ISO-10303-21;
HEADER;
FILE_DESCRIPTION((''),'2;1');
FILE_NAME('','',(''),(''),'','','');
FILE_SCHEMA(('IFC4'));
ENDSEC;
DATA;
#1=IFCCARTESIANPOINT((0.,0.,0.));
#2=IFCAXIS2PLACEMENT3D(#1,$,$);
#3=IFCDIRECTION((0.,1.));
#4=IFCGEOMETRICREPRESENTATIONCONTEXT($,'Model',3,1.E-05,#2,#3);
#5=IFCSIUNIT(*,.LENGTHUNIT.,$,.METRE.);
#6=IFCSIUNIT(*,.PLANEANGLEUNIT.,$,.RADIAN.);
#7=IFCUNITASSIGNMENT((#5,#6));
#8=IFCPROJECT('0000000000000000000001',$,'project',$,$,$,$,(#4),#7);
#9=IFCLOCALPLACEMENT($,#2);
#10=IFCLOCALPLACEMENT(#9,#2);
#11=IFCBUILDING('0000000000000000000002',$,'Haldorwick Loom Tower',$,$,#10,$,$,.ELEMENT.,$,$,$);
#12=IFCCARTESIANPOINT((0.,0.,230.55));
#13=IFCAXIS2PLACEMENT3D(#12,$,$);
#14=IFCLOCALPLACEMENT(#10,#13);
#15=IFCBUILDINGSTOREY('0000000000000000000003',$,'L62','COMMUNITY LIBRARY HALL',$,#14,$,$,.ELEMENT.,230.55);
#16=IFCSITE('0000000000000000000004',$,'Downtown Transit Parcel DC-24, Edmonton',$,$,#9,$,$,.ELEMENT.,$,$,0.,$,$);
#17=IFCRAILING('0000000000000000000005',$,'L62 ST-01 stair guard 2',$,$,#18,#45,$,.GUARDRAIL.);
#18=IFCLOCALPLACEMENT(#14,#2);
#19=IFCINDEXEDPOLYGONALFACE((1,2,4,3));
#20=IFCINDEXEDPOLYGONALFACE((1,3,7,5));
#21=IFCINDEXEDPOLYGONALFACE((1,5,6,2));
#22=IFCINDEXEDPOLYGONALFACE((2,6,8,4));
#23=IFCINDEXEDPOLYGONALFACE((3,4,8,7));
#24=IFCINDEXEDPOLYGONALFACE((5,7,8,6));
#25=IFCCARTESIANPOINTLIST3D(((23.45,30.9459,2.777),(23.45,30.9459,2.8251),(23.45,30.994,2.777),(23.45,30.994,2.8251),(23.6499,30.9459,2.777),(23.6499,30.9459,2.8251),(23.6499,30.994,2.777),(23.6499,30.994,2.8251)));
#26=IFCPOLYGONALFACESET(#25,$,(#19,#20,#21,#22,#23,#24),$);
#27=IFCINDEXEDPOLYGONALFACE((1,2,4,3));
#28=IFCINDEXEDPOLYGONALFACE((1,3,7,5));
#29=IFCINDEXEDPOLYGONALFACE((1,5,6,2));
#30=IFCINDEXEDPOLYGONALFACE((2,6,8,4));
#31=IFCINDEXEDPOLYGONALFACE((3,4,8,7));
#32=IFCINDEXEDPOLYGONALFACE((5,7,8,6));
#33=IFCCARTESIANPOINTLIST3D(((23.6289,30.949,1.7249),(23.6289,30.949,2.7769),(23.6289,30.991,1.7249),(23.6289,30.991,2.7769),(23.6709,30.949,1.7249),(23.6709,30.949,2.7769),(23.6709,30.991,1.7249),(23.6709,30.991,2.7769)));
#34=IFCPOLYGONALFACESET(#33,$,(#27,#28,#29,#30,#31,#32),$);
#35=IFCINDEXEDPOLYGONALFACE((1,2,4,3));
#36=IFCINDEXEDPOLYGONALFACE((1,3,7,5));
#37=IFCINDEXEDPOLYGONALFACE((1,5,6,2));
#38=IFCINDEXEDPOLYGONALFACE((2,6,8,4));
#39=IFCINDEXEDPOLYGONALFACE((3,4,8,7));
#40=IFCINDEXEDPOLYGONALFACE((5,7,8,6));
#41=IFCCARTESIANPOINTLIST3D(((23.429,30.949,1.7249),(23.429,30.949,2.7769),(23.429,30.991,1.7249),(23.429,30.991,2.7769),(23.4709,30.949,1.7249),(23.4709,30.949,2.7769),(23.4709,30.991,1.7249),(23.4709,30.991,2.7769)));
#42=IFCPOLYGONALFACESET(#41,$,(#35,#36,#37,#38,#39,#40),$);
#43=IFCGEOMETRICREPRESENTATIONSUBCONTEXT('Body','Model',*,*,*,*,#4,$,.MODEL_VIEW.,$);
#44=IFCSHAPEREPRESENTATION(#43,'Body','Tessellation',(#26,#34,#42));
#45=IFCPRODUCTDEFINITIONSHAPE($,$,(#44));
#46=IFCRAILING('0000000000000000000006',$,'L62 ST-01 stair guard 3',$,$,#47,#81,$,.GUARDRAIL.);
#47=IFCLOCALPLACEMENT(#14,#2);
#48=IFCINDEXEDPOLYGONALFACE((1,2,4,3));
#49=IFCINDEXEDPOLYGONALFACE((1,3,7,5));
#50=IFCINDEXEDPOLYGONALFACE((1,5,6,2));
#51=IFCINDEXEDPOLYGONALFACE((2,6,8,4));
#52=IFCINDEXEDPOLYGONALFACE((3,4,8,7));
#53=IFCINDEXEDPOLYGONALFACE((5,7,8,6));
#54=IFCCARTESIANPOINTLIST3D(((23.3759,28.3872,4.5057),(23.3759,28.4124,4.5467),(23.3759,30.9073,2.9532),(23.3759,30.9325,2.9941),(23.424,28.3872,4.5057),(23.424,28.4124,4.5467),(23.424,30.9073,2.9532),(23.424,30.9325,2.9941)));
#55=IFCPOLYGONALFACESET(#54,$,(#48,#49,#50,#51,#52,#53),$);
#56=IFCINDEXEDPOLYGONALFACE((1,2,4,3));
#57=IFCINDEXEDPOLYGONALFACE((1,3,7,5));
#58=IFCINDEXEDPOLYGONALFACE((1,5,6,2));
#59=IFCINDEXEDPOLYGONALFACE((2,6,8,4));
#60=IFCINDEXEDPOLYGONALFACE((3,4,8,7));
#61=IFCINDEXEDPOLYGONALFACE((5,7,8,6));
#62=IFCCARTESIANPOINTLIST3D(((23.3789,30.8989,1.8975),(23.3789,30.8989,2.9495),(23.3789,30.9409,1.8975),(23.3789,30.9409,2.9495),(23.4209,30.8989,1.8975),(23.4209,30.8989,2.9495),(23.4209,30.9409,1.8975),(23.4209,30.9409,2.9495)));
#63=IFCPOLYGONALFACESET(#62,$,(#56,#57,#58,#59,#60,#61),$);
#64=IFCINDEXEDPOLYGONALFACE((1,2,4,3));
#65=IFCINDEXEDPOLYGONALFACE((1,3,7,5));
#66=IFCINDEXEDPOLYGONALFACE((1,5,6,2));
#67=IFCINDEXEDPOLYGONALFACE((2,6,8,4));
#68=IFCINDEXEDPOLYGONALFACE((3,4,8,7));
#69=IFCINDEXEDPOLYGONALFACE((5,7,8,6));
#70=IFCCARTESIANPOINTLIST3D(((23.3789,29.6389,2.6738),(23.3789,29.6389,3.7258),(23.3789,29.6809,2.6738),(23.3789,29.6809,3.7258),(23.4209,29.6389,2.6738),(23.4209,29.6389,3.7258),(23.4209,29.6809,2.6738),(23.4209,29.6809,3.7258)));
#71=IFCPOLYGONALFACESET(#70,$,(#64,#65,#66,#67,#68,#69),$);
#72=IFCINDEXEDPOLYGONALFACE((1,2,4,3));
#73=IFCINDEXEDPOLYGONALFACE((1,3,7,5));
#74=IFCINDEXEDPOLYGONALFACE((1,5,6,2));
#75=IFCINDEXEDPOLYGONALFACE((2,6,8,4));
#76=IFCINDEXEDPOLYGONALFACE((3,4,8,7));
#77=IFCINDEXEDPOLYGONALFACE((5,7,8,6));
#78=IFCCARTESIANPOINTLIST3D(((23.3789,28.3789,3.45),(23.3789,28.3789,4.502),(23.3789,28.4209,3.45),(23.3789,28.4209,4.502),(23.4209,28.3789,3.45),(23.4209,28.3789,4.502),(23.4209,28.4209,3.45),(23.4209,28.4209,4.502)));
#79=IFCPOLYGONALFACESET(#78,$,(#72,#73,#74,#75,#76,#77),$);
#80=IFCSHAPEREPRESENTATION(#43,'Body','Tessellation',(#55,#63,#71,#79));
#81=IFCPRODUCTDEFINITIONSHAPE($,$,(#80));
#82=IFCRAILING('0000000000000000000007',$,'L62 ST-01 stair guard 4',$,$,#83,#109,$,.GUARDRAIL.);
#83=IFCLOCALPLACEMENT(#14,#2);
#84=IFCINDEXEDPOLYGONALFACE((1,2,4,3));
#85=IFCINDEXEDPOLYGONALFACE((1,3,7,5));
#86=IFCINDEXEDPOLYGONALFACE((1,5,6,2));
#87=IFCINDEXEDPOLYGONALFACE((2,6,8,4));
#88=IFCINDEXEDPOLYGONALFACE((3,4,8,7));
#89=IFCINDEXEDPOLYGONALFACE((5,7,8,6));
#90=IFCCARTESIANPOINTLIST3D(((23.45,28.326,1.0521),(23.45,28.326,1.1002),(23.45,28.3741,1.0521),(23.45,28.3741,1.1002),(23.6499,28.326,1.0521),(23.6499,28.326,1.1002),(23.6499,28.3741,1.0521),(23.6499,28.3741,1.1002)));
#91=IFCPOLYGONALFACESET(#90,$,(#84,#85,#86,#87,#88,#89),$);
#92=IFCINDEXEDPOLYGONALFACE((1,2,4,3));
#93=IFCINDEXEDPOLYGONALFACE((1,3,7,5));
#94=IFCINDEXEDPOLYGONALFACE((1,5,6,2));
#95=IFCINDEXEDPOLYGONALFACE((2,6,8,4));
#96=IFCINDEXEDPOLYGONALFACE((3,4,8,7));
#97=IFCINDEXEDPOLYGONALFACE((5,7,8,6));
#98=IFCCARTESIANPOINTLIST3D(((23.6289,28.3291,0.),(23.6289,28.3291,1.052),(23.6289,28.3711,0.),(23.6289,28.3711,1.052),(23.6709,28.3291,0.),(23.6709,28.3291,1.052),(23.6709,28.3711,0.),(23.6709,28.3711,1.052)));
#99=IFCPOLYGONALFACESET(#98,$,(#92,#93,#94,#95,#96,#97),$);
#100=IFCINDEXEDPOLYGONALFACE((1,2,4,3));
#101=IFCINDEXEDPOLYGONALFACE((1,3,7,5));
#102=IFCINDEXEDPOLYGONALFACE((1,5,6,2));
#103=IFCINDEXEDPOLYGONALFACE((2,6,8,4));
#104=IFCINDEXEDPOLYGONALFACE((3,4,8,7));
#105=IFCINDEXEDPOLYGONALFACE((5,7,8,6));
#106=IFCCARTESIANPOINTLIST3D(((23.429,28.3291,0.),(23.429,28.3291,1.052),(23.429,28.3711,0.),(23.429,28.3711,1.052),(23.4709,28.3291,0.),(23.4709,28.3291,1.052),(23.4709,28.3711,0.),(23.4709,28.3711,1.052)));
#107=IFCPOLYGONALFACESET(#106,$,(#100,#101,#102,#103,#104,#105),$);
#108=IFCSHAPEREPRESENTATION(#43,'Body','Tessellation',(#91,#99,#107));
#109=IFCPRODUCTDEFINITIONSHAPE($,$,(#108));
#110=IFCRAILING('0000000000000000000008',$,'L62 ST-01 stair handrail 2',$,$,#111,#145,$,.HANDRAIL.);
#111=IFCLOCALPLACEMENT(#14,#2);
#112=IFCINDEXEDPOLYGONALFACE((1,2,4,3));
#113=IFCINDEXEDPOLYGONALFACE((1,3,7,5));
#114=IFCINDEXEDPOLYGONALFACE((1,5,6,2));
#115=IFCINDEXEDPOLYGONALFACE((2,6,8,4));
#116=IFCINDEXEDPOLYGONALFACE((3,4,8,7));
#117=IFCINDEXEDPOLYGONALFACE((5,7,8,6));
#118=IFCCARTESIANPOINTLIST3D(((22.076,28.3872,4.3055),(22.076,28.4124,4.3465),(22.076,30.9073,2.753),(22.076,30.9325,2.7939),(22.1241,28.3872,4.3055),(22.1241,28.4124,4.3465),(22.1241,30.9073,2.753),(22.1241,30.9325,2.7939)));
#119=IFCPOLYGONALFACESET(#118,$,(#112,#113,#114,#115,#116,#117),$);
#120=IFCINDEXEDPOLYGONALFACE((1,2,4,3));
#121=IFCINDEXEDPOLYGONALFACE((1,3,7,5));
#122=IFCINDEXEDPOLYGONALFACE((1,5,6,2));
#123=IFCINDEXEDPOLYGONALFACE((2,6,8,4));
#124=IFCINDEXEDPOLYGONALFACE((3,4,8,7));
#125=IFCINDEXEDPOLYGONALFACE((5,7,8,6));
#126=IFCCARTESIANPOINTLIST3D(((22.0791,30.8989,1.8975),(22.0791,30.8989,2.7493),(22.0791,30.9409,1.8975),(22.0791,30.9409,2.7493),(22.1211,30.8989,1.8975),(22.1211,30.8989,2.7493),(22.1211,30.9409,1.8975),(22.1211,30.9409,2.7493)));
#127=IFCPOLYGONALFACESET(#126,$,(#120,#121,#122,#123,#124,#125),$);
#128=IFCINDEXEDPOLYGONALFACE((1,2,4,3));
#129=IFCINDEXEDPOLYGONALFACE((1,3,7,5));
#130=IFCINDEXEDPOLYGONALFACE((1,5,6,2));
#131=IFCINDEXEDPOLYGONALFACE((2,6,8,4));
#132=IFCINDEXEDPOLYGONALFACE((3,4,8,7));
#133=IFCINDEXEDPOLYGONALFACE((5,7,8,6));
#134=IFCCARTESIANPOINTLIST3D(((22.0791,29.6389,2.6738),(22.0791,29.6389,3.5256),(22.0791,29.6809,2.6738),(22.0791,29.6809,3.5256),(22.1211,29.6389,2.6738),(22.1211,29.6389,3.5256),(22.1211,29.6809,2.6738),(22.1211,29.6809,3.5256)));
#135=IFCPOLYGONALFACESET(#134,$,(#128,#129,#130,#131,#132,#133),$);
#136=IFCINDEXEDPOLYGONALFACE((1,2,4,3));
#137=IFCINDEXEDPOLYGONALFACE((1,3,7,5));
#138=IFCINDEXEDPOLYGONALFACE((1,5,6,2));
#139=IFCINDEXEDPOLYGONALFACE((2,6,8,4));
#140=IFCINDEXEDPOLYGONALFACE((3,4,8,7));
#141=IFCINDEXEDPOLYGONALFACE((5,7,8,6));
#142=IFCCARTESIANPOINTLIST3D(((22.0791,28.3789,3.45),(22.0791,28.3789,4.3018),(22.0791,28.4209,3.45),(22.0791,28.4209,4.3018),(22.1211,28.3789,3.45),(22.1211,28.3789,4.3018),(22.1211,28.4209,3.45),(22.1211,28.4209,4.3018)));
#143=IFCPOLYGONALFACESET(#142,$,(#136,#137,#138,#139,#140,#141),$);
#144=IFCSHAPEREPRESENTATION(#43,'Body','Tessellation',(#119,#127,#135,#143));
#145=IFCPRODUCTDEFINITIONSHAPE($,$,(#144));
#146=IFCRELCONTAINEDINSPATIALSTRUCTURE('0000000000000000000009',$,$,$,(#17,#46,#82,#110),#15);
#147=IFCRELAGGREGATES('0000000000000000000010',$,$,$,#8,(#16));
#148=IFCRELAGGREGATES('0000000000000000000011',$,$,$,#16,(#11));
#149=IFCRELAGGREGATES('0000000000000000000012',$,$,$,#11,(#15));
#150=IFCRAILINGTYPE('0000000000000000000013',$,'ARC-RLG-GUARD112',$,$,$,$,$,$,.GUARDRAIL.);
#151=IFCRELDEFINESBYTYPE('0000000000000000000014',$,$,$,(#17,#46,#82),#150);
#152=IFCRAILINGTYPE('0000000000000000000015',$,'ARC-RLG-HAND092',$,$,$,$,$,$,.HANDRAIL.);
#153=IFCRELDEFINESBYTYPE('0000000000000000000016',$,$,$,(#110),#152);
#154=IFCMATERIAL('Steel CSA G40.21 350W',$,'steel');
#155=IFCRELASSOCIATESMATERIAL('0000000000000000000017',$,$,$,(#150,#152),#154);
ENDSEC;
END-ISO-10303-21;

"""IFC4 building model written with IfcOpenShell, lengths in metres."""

from ifc_helpers import new_model, si_unit, direction, frame, origin, origin_2d, place, context, subcontext, project, spatial, rectangle, extrude, material, type_object, element, save


model = new_model("IFC4")

# Units and contexts
model_context = context("Model", 3, precision=1e-05, world=origin(), true_north=direction((0.0, 1.0)))
body_context = subcontext(model_context, "Body", "Model", "MODEL_VIEW")
ifc_project = project(units=[si_unit("LENGTHUNIT", "METRE"), si_unit("PLANEANGLEUNIT", "RADIAN")], contexts=[model_context])

# Site, building, storey
site_placement = place(None, origin())
site = spatial("IfcSite", under=ifc_project, at=site_placement, Name="Downtown Transit Parcel DC-24, Edmonton", CompositionType="ELEMENT", RefElevation=0.0)
building_placement = place(site_placement, origin())
building = spatial("IfcBuilding", under=site, at=building_placement, Name="Haldorwick Loom Tower", CompositionType="ELEMENT")
storey_placement = place(building_placement, frame((0.0, 0.0, 230.55)))
storey = spatial("IfcBuildingStorey", under=building, at=storey_placement, Name="L62", Description="COMMUNITY LIBRARY HALL", CompositionType="ELEMENT", Elevation=230.55)

# Shared definitions
ifc_material_1 = material(Name="Steel CSA G40.21 350W", Category="steel")

# Railings
railing_type_1 = type_object("IfcRailingType", Name="ARC-RLG-GUARD112", PredefinedType="GUARDRAIL", material=ifc_material_1)
railing_1_placement = place(storey_placement, frame((23.6499, 30.97, 1.7249)))
element("IfcRailing", 1, at=railing_1_placement, inside=storey, type_object=railing_type_1, Name="L62 ST-01 stair guard 2", PredefinedType="GUARDRAIL", context=body_context, shape_type="SweptSolid", body=[
    extrude(rectangle(XDim=0.0481, YDim=0.0481, at=origin_2d()), frame((0.0, 0.0, 1.0762), z_axis=(-1.0, 0.0, 0.0), x_axis=(0.0, -1.0, 0.0)), (0.0, 0.0, 1.0), 0.2),
    extrude(rectangle(XDim=0.042, YDim=0.042, at=origin_2d()), origin(), (0.0, 0.0, 1.0), 1.052),
    extrude(rectangle(XDim=0.042, YDim=0.042, at=origin_2d()), frame((-0.2, 0.0, 0.0)), (0.0, 0.0, 1.0), 1.052),
])
railing_2_placement = place(storey_placement, frame((23.3999, 30.9199, 1.8975)))
element("IfcRailing", 2, at=railing_2_placement, inside=storey, type_object=railing_type_1, Name="L62 ST-01 stair guard 3", PredefinedType="GUARDRAIL", context=body_context, shape_type="SweptSolid", body=[
    extrude(rectangle(XDim=0.0481, YDim=0.0481, at=origin_2d()), frame((0.0, 0.0, 1.0762), z_axis=(0.0, -0.8514, 0.524516), x_axis=(1.0, 0.0, 0.0)), (0.0, 0.0, 1.0), 2.96),
    extrude(rectangle(XDim=0.042, YDim=0.042, at=origin_2d()), origin(), (0.0, 0.0, 1.0), 1.052),
    extrude(rectangle(XDim=0.042, YDim=0.042, at=origin_2d()), frame((0.0, -1.26, 0.7764)), (0.0, 0.0, 1.0), 1.052),
    extrude(rectangle(XDim=0.042, YDim=0.042, at=origin_2d()), frame((0.0, -2.52, 1.5525)), (0.0, 0.0, 1.0), 1.052),
])
railing_3_placement = place(storey_placement, frame((23.6499, 28.3501, 0.0)))
element("IfcRailing", 3, at=railing_3_placement, inside=storey, type_object=railing_type_1, Name="L62 ST-01 stair guard 4", PredefinedType="GUARDRAIL", context=body_context, shape_type="SweptSolid", body=[
    extrude(rectangle(XDim=0.0481, YDim=0.0481, at=origin_2d()), frame((0.0, 0.0, 1.0762), z_axis=(-1.0, 0.0, 0.0), x_axis=(0.0, -1.0, 0.0)), (0.0, 0.0, 1.0), 0.2),
    extrude(rectangle(XDim=0.042, YDim=0.042, at=origin_2d()), origin(), (0.0, 0.0, 1.0), 1.052),
    extrude(rectangle(XDim=0.042, YDim=0.042, at=origin_2d()), frame((-0.2, 0.0, 0.0)), (0.0, 0.0, 1.0), 1.052),
])
railing_type_2 = type_object("IfcRailingType", Name="ARC-RLG-HAND092", PredefinedType="HANDRAIL", material=ifc_material_1)
railing_4_placement = place(storey_placement, frame((22.1001, 30.9199, 1.8975)))
element("IfcRailing", 4, at=railing_4_placement, inside=storey, type_object=railing_type_2, Name="L62 ST-01 stair handrail 2", PredefinedType="HANDRAIL", context=body_context, shape_type="SweptSolid", body=[
    extrude(rectangle(XDim=0.0481, YDim=0.0481, at=origin_2d()), frame((0.0, 0.0, 0.876), z_axis=(0.0, -0.8514, 0.524516), x_axis=(1.0, 0.0, 0.0)), (0.0, 0.0, 1.0), 2.96),
    extrude(rectangle(XDim=0.042, YDim=0.042, at=origin_2d()), origin(), (0.0, 0.0, 1.0), 0.8518),
    extrude(rectangle(XDim=0.042, YDim=0.042, at=origin_2d()), frame((0.0, -1.26, 0.7764)), (0.0, 0.0, 1.0), 0.8518),
    extrude(rectangle(XDim=0.042, YDim=0.042, at=origin_2d()), frame((0.0, -2.52, 1.5525)), (0.0, 0.0, 1.0), 0.8518),
])

save(model, "model.ifc")
